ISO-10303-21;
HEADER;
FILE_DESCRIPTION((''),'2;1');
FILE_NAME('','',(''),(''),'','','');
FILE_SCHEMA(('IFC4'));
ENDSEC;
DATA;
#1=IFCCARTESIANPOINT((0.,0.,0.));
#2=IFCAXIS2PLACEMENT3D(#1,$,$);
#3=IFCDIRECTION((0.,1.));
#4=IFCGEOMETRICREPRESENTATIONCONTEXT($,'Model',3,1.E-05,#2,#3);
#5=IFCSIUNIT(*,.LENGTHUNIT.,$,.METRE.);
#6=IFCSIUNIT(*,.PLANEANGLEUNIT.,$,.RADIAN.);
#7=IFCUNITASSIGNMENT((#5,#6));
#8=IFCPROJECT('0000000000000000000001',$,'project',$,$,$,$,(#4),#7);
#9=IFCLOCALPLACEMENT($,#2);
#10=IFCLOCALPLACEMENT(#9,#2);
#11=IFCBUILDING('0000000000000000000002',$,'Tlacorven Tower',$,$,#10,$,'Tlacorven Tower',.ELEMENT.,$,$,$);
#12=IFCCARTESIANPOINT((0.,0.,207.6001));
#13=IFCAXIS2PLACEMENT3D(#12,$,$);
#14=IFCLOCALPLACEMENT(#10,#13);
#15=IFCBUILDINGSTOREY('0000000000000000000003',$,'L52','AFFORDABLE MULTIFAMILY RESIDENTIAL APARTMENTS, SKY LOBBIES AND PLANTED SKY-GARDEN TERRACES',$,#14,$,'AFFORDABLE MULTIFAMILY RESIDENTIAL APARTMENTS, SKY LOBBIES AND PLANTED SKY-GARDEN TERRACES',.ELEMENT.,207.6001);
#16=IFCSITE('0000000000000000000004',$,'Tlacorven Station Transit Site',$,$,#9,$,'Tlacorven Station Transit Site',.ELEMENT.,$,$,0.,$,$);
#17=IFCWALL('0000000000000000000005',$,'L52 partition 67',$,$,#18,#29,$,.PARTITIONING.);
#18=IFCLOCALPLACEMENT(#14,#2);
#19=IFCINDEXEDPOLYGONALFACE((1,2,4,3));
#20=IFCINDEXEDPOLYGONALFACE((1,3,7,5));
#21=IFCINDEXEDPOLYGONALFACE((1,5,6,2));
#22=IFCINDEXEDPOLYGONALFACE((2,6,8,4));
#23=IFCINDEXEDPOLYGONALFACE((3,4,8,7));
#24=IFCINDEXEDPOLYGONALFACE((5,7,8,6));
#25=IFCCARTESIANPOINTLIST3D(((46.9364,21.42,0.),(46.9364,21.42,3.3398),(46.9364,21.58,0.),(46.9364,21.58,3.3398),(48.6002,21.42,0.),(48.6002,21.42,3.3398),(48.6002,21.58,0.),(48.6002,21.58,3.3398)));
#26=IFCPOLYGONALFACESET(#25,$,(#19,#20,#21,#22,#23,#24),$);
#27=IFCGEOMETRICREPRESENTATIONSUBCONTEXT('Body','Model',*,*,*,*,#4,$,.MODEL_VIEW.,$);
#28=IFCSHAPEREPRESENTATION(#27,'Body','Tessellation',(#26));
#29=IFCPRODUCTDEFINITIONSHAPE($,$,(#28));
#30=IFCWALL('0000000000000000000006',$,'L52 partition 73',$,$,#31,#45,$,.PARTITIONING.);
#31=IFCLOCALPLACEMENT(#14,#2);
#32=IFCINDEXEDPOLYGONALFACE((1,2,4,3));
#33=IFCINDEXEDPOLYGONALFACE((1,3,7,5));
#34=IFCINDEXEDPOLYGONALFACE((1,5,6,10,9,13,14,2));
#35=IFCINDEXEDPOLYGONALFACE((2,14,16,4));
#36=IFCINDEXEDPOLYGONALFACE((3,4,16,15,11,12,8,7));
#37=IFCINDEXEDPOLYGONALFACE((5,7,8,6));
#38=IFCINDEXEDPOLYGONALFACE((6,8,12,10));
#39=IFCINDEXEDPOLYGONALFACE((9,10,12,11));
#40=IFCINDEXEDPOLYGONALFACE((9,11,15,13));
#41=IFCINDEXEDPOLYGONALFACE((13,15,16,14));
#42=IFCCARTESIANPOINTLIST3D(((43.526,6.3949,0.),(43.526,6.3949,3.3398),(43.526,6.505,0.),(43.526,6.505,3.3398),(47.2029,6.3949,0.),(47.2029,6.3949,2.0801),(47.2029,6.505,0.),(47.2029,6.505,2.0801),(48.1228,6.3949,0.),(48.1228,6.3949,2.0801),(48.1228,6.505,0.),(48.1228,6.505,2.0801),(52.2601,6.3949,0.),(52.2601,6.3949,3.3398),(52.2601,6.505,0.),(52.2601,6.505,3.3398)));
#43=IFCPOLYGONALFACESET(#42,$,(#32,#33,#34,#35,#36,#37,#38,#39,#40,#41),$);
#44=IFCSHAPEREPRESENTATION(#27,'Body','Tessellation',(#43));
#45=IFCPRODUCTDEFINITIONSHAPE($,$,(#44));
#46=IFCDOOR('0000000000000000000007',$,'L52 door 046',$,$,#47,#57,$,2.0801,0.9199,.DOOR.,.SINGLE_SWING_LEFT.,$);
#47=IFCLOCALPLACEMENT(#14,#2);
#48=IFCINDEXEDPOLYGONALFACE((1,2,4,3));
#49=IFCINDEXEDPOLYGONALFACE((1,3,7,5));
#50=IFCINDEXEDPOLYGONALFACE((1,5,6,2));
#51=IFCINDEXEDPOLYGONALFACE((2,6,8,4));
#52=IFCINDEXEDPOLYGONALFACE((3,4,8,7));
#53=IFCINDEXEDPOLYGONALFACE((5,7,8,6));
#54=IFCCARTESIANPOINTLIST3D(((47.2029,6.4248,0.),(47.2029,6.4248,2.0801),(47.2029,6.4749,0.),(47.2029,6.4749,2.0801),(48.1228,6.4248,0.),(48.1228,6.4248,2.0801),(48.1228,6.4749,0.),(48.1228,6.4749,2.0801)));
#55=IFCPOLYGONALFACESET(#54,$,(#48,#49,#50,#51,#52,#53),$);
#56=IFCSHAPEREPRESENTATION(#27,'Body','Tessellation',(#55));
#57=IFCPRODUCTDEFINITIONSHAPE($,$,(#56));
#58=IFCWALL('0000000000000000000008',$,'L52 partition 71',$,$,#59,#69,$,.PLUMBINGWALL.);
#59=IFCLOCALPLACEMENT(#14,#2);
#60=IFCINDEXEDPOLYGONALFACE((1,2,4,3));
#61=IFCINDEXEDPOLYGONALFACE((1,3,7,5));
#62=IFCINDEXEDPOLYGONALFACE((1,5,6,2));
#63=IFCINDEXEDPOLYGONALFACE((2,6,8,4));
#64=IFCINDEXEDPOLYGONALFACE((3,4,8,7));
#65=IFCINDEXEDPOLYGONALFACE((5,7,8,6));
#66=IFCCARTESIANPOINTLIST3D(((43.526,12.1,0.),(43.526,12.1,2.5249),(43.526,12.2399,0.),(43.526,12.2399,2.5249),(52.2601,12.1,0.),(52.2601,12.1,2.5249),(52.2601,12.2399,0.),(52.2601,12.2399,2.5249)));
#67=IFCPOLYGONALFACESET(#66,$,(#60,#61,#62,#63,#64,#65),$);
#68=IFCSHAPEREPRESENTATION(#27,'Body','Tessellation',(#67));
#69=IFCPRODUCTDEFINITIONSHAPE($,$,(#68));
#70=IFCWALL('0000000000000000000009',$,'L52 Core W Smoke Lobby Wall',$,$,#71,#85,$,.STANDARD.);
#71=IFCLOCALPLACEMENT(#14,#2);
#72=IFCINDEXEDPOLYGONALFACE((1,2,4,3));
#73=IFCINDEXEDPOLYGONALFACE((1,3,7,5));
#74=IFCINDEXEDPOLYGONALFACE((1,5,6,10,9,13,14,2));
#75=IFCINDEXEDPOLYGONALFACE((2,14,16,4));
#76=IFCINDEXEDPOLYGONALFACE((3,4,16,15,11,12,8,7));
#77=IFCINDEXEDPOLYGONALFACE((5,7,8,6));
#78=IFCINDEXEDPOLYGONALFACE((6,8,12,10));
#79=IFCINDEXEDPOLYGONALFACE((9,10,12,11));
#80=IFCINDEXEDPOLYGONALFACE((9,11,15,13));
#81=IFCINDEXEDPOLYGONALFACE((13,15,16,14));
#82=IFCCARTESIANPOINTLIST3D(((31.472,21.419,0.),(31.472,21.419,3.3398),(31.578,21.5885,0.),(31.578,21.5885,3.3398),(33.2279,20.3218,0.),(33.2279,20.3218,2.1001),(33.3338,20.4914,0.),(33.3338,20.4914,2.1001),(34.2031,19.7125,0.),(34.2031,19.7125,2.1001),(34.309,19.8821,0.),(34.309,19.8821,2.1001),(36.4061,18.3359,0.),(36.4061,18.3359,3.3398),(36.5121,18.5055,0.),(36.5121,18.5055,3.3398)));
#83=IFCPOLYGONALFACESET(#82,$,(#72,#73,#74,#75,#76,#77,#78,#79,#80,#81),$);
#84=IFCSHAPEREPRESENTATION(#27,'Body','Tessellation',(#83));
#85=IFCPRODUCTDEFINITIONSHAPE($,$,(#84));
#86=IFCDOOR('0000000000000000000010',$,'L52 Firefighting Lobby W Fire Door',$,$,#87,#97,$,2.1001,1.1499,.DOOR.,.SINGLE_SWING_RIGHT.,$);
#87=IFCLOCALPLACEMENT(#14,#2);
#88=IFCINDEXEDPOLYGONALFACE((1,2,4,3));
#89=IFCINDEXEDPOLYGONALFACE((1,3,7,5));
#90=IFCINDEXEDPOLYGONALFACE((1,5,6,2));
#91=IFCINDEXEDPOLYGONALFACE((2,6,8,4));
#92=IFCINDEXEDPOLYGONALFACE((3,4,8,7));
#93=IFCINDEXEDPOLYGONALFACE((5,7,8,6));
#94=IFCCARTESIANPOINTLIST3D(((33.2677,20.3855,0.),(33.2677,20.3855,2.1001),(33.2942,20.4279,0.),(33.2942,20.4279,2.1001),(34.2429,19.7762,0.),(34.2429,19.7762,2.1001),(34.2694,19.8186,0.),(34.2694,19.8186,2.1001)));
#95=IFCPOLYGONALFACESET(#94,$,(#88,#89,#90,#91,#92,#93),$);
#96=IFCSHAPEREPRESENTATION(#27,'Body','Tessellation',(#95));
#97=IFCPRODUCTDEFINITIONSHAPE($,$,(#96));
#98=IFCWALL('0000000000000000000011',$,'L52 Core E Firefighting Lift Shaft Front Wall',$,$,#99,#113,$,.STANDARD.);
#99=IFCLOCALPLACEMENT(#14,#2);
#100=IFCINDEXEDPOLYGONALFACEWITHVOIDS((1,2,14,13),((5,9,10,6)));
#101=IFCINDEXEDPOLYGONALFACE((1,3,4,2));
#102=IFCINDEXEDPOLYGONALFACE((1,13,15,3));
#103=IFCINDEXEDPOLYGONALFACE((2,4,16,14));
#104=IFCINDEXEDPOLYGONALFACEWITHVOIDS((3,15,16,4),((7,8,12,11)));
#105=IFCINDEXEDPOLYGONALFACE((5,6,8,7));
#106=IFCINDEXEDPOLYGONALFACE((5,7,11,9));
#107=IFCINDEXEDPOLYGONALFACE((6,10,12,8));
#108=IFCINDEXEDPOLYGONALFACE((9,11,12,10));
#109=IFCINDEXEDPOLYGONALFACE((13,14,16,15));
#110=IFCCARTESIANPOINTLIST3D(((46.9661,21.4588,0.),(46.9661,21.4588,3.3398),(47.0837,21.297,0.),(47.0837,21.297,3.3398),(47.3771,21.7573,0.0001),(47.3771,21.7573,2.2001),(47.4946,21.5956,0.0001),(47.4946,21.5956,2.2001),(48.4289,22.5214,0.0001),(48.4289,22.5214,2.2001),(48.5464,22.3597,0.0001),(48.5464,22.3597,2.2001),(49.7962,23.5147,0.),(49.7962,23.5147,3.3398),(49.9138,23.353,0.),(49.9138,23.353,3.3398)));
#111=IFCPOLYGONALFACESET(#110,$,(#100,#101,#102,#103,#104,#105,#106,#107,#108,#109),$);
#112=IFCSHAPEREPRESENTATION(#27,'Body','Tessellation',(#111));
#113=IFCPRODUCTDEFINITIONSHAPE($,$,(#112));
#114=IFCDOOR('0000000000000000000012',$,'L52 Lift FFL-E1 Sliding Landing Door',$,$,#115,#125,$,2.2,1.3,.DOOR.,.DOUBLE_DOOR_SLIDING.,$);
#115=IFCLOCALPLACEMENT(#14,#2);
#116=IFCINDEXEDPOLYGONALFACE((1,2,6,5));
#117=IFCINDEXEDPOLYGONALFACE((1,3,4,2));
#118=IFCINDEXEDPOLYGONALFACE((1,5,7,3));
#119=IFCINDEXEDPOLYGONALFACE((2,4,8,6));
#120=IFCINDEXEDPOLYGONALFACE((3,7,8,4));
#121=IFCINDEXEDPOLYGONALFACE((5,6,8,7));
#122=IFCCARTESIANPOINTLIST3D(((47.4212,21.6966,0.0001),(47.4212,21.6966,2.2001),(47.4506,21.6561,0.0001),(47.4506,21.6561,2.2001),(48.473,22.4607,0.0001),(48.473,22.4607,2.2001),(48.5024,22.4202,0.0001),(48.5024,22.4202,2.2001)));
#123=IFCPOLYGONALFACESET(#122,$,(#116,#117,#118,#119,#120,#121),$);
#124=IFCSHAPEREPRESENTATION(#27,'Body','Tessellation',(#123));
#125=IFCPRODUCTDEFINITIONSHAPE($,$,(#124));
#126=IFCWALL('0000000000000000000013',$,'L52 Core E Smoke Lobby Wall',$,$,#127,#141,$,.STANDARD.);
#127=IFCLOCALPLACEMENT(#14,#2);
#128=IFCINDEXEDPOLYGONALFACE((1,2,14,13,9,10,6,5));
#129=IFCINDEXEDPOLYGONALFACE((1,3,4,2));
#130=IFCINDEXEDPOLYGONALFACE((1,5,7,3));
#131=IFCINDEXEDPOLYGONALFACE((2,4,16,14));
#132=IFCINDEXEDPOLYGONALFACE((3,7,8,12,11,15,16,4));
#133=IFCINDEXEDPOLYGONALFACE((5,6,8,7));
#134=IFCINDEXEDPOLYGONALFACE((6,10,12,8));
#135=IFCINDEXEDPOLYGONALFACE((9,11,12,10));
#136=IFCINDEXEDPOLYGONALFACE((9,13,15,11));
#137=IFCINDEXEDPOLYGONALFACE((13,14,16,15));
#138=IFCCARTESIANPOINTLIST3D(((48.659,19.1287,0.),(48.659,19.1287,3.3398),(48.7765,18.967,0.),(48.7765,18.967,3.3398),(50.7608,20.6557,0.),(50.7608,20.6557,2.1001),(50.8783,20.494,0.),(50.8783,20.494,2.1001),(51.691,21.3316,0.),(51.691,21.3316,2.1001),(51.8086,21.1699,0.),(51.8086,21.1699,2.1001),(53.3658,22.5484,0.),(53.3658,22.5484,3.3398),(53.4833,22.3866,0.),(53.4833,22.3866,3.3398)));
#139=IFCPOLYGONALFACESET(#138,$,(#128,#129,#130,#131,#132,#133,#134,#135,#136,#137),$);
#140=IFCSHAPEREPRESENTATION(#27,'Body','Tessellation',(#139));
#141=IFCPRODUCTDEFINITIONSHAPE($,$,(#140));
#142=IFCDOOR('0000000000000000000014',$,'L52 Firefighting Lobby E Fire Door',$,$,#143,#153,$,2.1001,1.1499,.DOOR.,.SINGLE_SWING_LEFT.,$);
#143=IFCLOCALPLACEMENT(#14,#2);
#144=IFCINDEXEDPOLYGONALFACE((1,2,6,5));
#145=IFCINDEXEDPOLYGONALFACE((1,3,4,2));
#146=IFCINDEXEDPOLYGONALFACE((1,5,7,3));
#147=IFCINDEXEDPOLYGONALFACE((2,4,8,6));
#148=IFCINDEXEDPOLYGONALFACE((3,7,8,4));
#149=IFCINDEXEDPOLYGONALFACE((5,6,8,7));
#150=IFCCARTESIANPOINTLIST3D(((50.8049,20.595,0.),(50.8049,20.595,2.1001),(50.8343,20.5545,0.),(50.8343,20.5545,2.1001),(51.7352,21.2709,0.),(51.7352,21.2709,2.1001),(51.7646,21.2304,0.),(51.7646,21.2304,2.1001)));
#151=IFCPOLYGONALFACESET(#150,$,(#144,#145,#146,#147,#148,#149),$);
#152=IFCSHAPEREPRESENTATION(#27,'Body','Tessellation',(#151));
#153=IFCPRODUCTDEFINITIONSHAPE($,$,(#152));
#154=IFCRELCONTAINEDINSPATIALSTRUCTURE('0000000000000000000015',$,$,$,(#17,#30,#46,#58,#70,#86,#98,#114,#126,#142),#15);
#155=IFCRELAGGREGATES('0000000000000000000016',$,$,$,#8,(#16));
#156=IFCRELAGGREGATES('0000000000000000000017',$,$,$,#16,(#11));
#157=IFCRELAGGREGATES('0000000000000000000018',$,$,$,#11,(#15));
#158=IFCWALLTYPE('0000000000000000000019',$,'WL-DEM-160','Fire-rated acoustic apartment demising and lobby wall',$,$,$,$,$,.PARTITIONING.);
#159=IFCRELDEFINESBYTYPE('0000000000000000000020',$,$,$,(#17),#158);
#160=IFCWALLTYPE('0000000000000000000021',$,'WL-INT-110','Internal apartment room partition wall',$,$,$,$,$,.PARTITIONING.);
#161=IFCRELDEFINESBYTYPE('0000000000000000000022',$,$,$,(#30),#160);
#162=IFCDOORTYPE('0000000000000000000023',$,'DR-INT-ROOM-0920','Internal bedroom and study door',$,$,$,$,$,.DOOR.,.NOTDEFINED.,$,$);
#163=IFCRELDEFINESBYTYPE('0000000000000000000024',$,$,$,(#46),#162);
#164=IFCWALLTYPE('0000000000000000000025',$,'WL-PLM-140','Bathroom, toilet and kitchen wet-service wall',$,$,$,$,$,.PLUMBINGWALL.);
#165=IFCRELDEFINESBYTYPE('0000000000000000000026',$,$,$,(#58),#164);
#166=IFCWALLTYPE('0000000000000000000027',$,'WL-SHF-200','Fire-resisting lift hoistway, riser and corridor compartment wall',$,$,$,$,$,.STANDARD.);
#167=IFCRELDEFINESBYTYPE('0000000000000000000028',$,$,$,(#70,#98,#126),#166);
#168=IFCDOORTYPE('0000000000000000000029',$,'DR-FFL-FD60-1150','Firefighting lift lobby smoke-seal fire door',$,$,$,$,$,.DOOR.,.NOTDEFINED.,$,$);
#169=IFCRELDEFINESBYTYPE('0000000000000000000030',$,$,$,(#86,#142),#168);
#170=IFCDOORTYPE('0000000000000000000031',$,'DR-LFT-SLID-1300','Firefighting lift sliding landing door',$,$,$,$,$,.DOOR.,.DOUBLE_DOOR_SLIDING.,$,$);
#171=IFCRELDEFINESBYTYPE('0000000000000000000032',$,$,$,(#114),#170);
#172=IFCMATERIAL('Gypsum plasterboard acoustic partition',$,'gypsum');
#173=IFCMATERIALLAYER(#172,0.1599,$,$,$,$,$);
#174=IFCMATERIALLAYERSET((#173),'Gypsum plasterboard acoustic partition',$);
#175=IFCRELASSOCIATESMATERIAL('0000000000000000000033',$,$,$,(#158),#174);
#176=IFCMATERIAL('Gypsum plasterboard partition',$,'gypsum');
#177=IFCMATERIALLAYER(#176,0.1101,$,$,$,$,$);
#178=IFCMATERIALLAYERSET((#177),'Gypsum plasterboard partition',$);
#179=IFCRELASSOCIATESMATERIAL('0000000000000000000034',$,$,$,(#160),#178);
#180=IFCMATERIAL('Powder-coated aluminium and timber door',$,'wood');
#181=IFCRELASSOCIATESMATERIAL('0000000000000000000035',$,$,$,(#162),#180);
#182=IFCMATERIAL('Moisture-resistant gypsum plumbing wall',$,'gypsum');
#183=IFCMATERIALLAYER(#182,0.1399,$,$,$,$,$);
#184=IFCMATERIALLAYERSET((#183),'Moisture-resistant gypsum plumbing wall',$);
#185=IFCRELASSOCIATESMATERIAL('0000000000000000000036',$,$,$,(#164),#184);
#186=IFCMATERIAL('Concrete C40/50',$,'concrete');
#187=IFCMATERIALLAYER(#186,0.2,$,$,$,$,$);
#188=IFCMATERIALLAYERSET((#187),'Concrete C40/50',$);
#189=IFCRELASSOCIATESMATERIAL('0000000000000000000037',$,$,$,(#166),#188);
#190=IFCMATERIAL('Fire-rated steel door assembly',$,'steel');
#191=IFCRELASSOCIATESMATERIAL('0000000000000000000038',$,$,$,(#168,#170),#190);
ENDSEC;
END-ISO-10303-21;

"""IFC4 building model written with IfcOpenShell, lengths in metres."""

from ifc_helpers import new_model, si_unit, direction, frame, frame_2d, origin, place, context, subcontext, project, spatial, rectangle, extrude, source, transform, mapped, material, layer, layer_set, type_object, element, fill, save


model = new_model("IFC4")

# Units and contexts
model_context = context("Model", 3, precision=1e-05, world=origin(), true_north=direction((0.0, 1.0)))
body_context = subcontext(model_context, "Body", "Model", "MODEL_VIEW")
ifc_project = project(units=[si_unit("LENGTHUNIT", "METRE"), si_unit("PLANEANGLEUNIT", "RADIAN")], contexts=[model_context])

# Site, building, storey
site_placement = place(None, origin())
site = spatial("IfcSite", under=ifc_project, at=site_placement, Name="Tlacorven Station Transit Site", LongName="Tlacorven Station Transit Site", CompositionType="ELEMENT", RefElevation=0.0)
building_placement = place(site_placement, origin())
building = spatial("IfcBuilding", under=site, at=building_placement, Name="Tlacorven Tower", LongName="Tlacorven Tower", CompositionType="ELEMENT")
storey_placement = place(building_placement, frame((0.0, 0.0, 207.6001)))
storey = spatial("IfcBuildingStorey", under=building, at=storey_placement, Name="L52", Description="AFFORDABLE MULTIFAMILY RESIDENTIAL APARTMENTS, SKY LOBBIES AND PLANTED SKY-GARDEN TERRACES", LongName="AFFORDABLE MULTIFAMILY RESIDENTIAL APARTMENTS, SKY LOBBIES AND PLANTED SKY-GARDEN TERRACES", CompositionType="ELEMENT", Elevation=207.6001)

# Shared definitions
ifc_material_1 = material(Name="Gypsum plasterboard acoustic partition", Category="gypsum")
ifc_layer_1 = layer(ifc_material_1, 0.1599)
ifc_layer_set_1 = layer_set([ifc_layer_1], Name="Gypsum plasterboard acoustic partition")
wall_type_1 = type_object("IfcWallType", Name="WL-DEM-160", Description="Fire-rated acoustic apartment demising and lobby wall", PredefinedType="PARTITIONING", material=ifc_layer_set_1)

# Shared definitions
ifc_material_2 = material(Name="Fire-rated steel door assembly", Category="steel")

# Wall
wall_1_placement = place(storey_placement, frame((46.9363, 21.5, 0.0), z_axis=(0.0, 0.0, 1.0), x_axis=(1.0, 0.0, 0.0)))
element("IfcWall", 1, at=wall_1_placement, inside=storey, type_object=wall_type_1, Name="L52 partition 67", PredefinedType="PARTITIONING", context=body_context, shape_type="SweptSolid", body=[
    extrude(rectangle(XDim=1.6638, YDim=0.1599, at=frame_2d((0.832, 0.0))), origin(), (0.0, 0.0, 1.0), 3.3398),
])

# Wall, opening, door
ifc_material_3 = material(Name="Gypsum plasterboard partition", Category="gypsum")
ifc_layer_2 = layer(ifc_material_3, 0.1101)
ifc_layer_set_2 = layer_set([ifc_layer_2], Name="Gypsum plasterboard partition")
wall_type_2 = type_object("IfcWallType", Name="WL-INT-110", Description="Internal apartment room partition wall", PredefinedType="PARTITIONING", material=ifc_layer_set_2)
wall_2_placement = place(storey_placement, frame((43.5259, 6.45, 0.0), z_axis=(0.0, 0.0, 1.0), x_axis=(1.0, 0.0, 0.0)))
wall_2 = element("IfcWall", 2, at=wall_2_placement, inside=storey, type_object=wall_type_2, Name="L52 partition 73", PredefinedType="PARTITIONING", context=body_context, shape_type="SweptSolid", body=[
    extrude(rectangle(XDim=8.7341, YDim=0.1101, at=frame_2d((4.3672, 0.0))), origin(), (0.0, 0.0, 1.0), 3.3398),
])
opening_1_placement = place(wall_2_placement, frame((3.677, 0.0, 0.0)))
opening_1 = element("IfcOpeningElement", 3, at=opening_1_placement, cuts=wall_2, PredefinedType="OPENING", context=body_context, shape_type="SweptSolid", body=[
    extrude(rectangle(XDim=0.9199, YDim=2.0801, at=frame_2d((0.46, 1.04))), frame((0.0, 0.0649, 0.0), z_axis=(0.0, -1.0, 0.0), x_axis=(1.0, 0.0, 0.0)), (0.0, 0.0, 1.0), 0.1301),
])
ifc_material_4 = material(Name="Powder-coated aluminium and timber door", Category="wood")
door_type_1 = type_object("IfcDoorType", Name="DR-INT-ROOM-0920", Description="Internal bedroom and study door", OperationType="NOTDEFINED", PredefinedType="DOOR", material=ifc_material_4)
shared_shape_1 = source(origin(), body_context, "Body", "SweptSolid", [
    extrude(rectangle(XDim=0.9199, YDim=2.0801, at=frame_2d((0.46, 1.04))), frame((0.0, 0.0249, 0.0), z_axis=(0.0, -1.0, 0.0), x_axis=(1.0, 0.0, 0.0)), (0.0, 0.0, 1.0), 0.05),
])
door_1_placement = place(opening_1_placement, origin())
door_1 = element("IfcDoor", 4, at=door_1_placement, inside=storey, type_object=door_type_1, Name="L52 door 046", OperationType="SINGLE_SWING_LEFT", OverallHeight=2.0801, OverallWidth=0.9199, PredefinedType="DOOR", context=body_context, shape_type="MappedRepresentation", body=[
    mapped(shared_shape_1, transform((0.0, 0.0, 0.0), scale=1.0)),
])
fill(opening_1, door_1)

# Wall
ifc_material_5 = material(Name="Moisture-resistant gypsum plumbing wall", Category="gypsum")
ifc_layer_3 = layer(ifc_material_5, 0.1399)
ifc_layer_set_3 = layer_set([ifc_layer_3], Name="Moisture-resistant gypsum plumbing wall")
wall_type_3 = type_object("IfcWallType", Name="WL-PLM-140", Description="Bathroom, toilet and kitchen wet-service wall", PredefinedType="PLUMBINGWALL", material=ifc_layer_set_3)
wall_3_placement = place(storey_placement, frame((43.5259, 12.1699, 0.0), z_axis=(0.0, 0.0, 1.0), x_axis=(1.0, 0.0, 0.0)))
element("IfcWall", 5, at=wall_3_placement, inside=storey, type_object=wall_type_3, Name="L52 partition 71", PredefinedType="PLUMBINGWALL", context=body_context, shape_type="SweptSolid", body=[
    extrude(rectangle(XDim=8.7341, YDim=0.1399, at=frame_2d((4.3672, 0.0))), origin(), (0.0, 0.0, 1.0), 2.5249),
])

# Walls, openings, doors
ifc_material_6 = material(Name="Concrete C40/50", Category="concrete")
ifc_layer_4 = layer(ifc_material_6, 0.2)
ifc_layer_set_4 = layer_set([ifc_layer_4], Name="Concrete C40/50")
wall_type_4 = type_object("IfcWallType", Name="WL-SHF-200", Description="Fire-resisting lift hoistway, riser and corridor compartment wall", PredefinedType="STANDARD", material=ifc_layer_set_4)
wall_4_placement = place(storey_placement, frame((36.4592, 18.4207, 0.0), z_axis=(0.0, 0.0, 1.0), x_axis=(-0.84806, 0.529901, 0.0)))
wall_4 = element("IfcWall", 6, at=wall_4_placement, inside=storey, type_object=wall_type_4, Name="L52 Core W Smoke Lobby Wall", PredefinedType="STANDARD", context=body_context, shape_type="SweptSolid", body=[
    extrude(rectangle(XDim=5.8181, YDim=0.2, at=frame_2d((2.9092, 0.0))), origin(), (0.0, 0.0, 1.0), 3.3398),
])
opening_2_placement = place(wall_4_placement, frame((2.5979, 0.0, 0.0)))
opening_2 = element("IfcOpeningElement", 7, at=opening_2_placement, cuts=wall_4, PredefinedType="OPENING", context=body_context, shape_type="SweptSolid", body=[
    extrude(rectangle(XDim=1.1499, YDim=2.1001, at=frame_2d((0.575, 1.05))), frame((0.0, 0.1099, 0.0), z_axis=(0.0, -1.0, 0.0), x_axis=(1.0, 0.0, 0.0)), (0.0, 0.0, 1.0), 0.22),
])
door_type_2 = type_object("IfcDoorType", Name="DR-FFL-FD60-1150", Description="Firefighting lift lobby smoke-seal fire door", OperationType="NOTDEFINED", PredefinedType="DOOR", material=ifc_material_2)
shared_shape_2 = source(origin(), body_context, "Body", "SweptSolid", [
    extrude(rectangle(XDim=1.1499, YDim=2.1001, at=frame_2d((0.575, 1.05))), frame((0.0, 0.0249, 0.0), z_axis=(0.0, -1.0, 0.0), x_axis=(1.0, 0.0, 0.0)), (0.0, 0.0, 1.0), 0.05),
])
door_2_placement = place(opening_2_placement, origin())
door_2 = element("IfcDoor", 8, at=door_2_placement, inside=storey, type_object=door_type_2, Name="L52 Firefighting Lobby W Fire Door", OperationType="SINGLE_SWING_RIGHT", OverallHeight=2.1001, OverallWidth=1.1499, PredefinedType="DOOR", context=body_context, shape_type="MappedRepresentation", body=[
    mapped(shared_shape_2, transform((0.0, 0.0, 0.0), scale=1.0)),
])
fill(opening_2, door_2)
wall_5_placement = place(storey_placement, frame((47.0249, 21.3779, 0.0), z_axis=(0.0, 0.0, 1.0), x_axis=(0.809053, 0.587736, 0.0)))
wall_5 = element("IfcWall", 9, at=wall_5_placement, inside=storey, type_object=wall_type_4, Name="L52 Core E Firefighting Lift Shaft Front Wall", PredefinedType="STANDARD", context=body_context, shape_type="SweptSolid", body=[
    extrude(rectangle(XDim=3.498, YDim=0.2, at=frame_2d((1.749, 0.0))), origin(), (0.0, 0.0, 1.0), 3.3398),
])
opening_3_placement = place(wall_5_placement, frame((0.5081, 0.0, 0.0)))
opening_3 = element("IfcOpeningElement", 10, at=opening_3_placement, cuts=wall_5, PredefinedType="OPENING", context=body_context, shape_type="SweptSolid", body=[
    extrude(rectangle(XDim=1.3, YDim=2.2, at=frame_2d((0.6499, 1.1001))), frame((0.0, 0.1099, 0.0), z_axis=(0.0, -1.0, 0.0), x_axis=(1.0, 0.0, 0.0)), (0.0, 0.0, 1.0), 0.22),
])
door_type_3 = type_object("IfcDoorType", Name="DR-LFT-SLID-1300", Description="Firefighting lift sliding landing door", OperationType="DOUBLE_DOOR_SLIDING", PredefinedType="DOOR", material=ifc_material_2)
shared_shape_3 = source(origin(), body_context, "Body", "SweptSolid", [
    extrude(rectangle(XDim=1.3, YDim=2.2, at=frame_2d((0.6499, 1.1001))), frame((0.0, 0.0249, 0.0), z_axis=(0.0, -1.0, 0.0), x_axis=(1.0, 0.0, 0.0)), (0.0, 0.0, 1.0), 0.05),
])
door_3_placement = place(opening_3_placement, origin())
door_3 = element("IfcDoor", 11, at=door_3_placement, inside=storey, type_object=door_type_3, Name="L52 Lift FFL-E1 Sliding Landing Door", OperationType="DOUBLE_DOOR_SLIDING", OverallHeight=2.2, OverallWidth=1.3, PredefinedType="DOOR", context=body_context, shape_type="MappedRepresentation", body=[
    mapped(shared_shape_3, transform((0.0, 0.0, 0.0), scale=1.0)),
])
fill(opening_3, door_3)
wall_6_placement = place(storey_placement, frame((48.7178, 19.0479, 0.0), z_axis=(0.0, 0.0, 1.0), x_axis=(0.809017, 0.587785, 0.0)))
wall_6 = element("IfcWall", 12, at=wall_6_placement, inside=storey, type_object=wall_type_4, Name="L52 Core E Smoke Lobby Wall", PredefinedType="STANDARD", context=body_context, shape_type="SweptSolid", body=[
    extrude(rectangle(XDim=5.8179, YDim=0.2, at=frame_2d((2.9089, 0.0))), origin(), (0.0, 0.0, 1.0), 3.3398),
])
opening_4_placement = place(wall_6_placement, frame((2.5979, 0.0, 0.0)))
opening_4 = element("IfcOpeningElement", 13, at=opening_4_placement, cuts=wall_6, PredefinedType="OPENING", context=body_context, shape_type="SweptSolid", body=[
    extrude(rectangle(XDim=1.1499, YDim=2.1001, at=frame_2d((0.575, 1.05))), frame((0.0, 0.1099, 0.0), z_axis=(0.0, -1.0, 0.0), x_axis=(1.0, 0.0, 0.0)), (0.0, 0.0, 1.0), 0.22),
])
door_4_placement = place(opening_4_placement, origin())
door_4 = element("IfcDoor", 14, at=door_4_placement, inside=storey, type_object=door_type_2, Name="L52 Firefighting Lobby E Fire Door", OperationType="SINGLE_SWING_LEFT", OverallHeight=2.1001, OverallWidth=1.1499, PredefinedType="DOOR", context=body_context, shape_type="MappedRepresentation", body=[
    mapped(shared_shape_2, transform((0.0, 0.0, 0.0), scale=1.0)),
])
fill(opening_4, door_4)

save(model, "model.ifc")
